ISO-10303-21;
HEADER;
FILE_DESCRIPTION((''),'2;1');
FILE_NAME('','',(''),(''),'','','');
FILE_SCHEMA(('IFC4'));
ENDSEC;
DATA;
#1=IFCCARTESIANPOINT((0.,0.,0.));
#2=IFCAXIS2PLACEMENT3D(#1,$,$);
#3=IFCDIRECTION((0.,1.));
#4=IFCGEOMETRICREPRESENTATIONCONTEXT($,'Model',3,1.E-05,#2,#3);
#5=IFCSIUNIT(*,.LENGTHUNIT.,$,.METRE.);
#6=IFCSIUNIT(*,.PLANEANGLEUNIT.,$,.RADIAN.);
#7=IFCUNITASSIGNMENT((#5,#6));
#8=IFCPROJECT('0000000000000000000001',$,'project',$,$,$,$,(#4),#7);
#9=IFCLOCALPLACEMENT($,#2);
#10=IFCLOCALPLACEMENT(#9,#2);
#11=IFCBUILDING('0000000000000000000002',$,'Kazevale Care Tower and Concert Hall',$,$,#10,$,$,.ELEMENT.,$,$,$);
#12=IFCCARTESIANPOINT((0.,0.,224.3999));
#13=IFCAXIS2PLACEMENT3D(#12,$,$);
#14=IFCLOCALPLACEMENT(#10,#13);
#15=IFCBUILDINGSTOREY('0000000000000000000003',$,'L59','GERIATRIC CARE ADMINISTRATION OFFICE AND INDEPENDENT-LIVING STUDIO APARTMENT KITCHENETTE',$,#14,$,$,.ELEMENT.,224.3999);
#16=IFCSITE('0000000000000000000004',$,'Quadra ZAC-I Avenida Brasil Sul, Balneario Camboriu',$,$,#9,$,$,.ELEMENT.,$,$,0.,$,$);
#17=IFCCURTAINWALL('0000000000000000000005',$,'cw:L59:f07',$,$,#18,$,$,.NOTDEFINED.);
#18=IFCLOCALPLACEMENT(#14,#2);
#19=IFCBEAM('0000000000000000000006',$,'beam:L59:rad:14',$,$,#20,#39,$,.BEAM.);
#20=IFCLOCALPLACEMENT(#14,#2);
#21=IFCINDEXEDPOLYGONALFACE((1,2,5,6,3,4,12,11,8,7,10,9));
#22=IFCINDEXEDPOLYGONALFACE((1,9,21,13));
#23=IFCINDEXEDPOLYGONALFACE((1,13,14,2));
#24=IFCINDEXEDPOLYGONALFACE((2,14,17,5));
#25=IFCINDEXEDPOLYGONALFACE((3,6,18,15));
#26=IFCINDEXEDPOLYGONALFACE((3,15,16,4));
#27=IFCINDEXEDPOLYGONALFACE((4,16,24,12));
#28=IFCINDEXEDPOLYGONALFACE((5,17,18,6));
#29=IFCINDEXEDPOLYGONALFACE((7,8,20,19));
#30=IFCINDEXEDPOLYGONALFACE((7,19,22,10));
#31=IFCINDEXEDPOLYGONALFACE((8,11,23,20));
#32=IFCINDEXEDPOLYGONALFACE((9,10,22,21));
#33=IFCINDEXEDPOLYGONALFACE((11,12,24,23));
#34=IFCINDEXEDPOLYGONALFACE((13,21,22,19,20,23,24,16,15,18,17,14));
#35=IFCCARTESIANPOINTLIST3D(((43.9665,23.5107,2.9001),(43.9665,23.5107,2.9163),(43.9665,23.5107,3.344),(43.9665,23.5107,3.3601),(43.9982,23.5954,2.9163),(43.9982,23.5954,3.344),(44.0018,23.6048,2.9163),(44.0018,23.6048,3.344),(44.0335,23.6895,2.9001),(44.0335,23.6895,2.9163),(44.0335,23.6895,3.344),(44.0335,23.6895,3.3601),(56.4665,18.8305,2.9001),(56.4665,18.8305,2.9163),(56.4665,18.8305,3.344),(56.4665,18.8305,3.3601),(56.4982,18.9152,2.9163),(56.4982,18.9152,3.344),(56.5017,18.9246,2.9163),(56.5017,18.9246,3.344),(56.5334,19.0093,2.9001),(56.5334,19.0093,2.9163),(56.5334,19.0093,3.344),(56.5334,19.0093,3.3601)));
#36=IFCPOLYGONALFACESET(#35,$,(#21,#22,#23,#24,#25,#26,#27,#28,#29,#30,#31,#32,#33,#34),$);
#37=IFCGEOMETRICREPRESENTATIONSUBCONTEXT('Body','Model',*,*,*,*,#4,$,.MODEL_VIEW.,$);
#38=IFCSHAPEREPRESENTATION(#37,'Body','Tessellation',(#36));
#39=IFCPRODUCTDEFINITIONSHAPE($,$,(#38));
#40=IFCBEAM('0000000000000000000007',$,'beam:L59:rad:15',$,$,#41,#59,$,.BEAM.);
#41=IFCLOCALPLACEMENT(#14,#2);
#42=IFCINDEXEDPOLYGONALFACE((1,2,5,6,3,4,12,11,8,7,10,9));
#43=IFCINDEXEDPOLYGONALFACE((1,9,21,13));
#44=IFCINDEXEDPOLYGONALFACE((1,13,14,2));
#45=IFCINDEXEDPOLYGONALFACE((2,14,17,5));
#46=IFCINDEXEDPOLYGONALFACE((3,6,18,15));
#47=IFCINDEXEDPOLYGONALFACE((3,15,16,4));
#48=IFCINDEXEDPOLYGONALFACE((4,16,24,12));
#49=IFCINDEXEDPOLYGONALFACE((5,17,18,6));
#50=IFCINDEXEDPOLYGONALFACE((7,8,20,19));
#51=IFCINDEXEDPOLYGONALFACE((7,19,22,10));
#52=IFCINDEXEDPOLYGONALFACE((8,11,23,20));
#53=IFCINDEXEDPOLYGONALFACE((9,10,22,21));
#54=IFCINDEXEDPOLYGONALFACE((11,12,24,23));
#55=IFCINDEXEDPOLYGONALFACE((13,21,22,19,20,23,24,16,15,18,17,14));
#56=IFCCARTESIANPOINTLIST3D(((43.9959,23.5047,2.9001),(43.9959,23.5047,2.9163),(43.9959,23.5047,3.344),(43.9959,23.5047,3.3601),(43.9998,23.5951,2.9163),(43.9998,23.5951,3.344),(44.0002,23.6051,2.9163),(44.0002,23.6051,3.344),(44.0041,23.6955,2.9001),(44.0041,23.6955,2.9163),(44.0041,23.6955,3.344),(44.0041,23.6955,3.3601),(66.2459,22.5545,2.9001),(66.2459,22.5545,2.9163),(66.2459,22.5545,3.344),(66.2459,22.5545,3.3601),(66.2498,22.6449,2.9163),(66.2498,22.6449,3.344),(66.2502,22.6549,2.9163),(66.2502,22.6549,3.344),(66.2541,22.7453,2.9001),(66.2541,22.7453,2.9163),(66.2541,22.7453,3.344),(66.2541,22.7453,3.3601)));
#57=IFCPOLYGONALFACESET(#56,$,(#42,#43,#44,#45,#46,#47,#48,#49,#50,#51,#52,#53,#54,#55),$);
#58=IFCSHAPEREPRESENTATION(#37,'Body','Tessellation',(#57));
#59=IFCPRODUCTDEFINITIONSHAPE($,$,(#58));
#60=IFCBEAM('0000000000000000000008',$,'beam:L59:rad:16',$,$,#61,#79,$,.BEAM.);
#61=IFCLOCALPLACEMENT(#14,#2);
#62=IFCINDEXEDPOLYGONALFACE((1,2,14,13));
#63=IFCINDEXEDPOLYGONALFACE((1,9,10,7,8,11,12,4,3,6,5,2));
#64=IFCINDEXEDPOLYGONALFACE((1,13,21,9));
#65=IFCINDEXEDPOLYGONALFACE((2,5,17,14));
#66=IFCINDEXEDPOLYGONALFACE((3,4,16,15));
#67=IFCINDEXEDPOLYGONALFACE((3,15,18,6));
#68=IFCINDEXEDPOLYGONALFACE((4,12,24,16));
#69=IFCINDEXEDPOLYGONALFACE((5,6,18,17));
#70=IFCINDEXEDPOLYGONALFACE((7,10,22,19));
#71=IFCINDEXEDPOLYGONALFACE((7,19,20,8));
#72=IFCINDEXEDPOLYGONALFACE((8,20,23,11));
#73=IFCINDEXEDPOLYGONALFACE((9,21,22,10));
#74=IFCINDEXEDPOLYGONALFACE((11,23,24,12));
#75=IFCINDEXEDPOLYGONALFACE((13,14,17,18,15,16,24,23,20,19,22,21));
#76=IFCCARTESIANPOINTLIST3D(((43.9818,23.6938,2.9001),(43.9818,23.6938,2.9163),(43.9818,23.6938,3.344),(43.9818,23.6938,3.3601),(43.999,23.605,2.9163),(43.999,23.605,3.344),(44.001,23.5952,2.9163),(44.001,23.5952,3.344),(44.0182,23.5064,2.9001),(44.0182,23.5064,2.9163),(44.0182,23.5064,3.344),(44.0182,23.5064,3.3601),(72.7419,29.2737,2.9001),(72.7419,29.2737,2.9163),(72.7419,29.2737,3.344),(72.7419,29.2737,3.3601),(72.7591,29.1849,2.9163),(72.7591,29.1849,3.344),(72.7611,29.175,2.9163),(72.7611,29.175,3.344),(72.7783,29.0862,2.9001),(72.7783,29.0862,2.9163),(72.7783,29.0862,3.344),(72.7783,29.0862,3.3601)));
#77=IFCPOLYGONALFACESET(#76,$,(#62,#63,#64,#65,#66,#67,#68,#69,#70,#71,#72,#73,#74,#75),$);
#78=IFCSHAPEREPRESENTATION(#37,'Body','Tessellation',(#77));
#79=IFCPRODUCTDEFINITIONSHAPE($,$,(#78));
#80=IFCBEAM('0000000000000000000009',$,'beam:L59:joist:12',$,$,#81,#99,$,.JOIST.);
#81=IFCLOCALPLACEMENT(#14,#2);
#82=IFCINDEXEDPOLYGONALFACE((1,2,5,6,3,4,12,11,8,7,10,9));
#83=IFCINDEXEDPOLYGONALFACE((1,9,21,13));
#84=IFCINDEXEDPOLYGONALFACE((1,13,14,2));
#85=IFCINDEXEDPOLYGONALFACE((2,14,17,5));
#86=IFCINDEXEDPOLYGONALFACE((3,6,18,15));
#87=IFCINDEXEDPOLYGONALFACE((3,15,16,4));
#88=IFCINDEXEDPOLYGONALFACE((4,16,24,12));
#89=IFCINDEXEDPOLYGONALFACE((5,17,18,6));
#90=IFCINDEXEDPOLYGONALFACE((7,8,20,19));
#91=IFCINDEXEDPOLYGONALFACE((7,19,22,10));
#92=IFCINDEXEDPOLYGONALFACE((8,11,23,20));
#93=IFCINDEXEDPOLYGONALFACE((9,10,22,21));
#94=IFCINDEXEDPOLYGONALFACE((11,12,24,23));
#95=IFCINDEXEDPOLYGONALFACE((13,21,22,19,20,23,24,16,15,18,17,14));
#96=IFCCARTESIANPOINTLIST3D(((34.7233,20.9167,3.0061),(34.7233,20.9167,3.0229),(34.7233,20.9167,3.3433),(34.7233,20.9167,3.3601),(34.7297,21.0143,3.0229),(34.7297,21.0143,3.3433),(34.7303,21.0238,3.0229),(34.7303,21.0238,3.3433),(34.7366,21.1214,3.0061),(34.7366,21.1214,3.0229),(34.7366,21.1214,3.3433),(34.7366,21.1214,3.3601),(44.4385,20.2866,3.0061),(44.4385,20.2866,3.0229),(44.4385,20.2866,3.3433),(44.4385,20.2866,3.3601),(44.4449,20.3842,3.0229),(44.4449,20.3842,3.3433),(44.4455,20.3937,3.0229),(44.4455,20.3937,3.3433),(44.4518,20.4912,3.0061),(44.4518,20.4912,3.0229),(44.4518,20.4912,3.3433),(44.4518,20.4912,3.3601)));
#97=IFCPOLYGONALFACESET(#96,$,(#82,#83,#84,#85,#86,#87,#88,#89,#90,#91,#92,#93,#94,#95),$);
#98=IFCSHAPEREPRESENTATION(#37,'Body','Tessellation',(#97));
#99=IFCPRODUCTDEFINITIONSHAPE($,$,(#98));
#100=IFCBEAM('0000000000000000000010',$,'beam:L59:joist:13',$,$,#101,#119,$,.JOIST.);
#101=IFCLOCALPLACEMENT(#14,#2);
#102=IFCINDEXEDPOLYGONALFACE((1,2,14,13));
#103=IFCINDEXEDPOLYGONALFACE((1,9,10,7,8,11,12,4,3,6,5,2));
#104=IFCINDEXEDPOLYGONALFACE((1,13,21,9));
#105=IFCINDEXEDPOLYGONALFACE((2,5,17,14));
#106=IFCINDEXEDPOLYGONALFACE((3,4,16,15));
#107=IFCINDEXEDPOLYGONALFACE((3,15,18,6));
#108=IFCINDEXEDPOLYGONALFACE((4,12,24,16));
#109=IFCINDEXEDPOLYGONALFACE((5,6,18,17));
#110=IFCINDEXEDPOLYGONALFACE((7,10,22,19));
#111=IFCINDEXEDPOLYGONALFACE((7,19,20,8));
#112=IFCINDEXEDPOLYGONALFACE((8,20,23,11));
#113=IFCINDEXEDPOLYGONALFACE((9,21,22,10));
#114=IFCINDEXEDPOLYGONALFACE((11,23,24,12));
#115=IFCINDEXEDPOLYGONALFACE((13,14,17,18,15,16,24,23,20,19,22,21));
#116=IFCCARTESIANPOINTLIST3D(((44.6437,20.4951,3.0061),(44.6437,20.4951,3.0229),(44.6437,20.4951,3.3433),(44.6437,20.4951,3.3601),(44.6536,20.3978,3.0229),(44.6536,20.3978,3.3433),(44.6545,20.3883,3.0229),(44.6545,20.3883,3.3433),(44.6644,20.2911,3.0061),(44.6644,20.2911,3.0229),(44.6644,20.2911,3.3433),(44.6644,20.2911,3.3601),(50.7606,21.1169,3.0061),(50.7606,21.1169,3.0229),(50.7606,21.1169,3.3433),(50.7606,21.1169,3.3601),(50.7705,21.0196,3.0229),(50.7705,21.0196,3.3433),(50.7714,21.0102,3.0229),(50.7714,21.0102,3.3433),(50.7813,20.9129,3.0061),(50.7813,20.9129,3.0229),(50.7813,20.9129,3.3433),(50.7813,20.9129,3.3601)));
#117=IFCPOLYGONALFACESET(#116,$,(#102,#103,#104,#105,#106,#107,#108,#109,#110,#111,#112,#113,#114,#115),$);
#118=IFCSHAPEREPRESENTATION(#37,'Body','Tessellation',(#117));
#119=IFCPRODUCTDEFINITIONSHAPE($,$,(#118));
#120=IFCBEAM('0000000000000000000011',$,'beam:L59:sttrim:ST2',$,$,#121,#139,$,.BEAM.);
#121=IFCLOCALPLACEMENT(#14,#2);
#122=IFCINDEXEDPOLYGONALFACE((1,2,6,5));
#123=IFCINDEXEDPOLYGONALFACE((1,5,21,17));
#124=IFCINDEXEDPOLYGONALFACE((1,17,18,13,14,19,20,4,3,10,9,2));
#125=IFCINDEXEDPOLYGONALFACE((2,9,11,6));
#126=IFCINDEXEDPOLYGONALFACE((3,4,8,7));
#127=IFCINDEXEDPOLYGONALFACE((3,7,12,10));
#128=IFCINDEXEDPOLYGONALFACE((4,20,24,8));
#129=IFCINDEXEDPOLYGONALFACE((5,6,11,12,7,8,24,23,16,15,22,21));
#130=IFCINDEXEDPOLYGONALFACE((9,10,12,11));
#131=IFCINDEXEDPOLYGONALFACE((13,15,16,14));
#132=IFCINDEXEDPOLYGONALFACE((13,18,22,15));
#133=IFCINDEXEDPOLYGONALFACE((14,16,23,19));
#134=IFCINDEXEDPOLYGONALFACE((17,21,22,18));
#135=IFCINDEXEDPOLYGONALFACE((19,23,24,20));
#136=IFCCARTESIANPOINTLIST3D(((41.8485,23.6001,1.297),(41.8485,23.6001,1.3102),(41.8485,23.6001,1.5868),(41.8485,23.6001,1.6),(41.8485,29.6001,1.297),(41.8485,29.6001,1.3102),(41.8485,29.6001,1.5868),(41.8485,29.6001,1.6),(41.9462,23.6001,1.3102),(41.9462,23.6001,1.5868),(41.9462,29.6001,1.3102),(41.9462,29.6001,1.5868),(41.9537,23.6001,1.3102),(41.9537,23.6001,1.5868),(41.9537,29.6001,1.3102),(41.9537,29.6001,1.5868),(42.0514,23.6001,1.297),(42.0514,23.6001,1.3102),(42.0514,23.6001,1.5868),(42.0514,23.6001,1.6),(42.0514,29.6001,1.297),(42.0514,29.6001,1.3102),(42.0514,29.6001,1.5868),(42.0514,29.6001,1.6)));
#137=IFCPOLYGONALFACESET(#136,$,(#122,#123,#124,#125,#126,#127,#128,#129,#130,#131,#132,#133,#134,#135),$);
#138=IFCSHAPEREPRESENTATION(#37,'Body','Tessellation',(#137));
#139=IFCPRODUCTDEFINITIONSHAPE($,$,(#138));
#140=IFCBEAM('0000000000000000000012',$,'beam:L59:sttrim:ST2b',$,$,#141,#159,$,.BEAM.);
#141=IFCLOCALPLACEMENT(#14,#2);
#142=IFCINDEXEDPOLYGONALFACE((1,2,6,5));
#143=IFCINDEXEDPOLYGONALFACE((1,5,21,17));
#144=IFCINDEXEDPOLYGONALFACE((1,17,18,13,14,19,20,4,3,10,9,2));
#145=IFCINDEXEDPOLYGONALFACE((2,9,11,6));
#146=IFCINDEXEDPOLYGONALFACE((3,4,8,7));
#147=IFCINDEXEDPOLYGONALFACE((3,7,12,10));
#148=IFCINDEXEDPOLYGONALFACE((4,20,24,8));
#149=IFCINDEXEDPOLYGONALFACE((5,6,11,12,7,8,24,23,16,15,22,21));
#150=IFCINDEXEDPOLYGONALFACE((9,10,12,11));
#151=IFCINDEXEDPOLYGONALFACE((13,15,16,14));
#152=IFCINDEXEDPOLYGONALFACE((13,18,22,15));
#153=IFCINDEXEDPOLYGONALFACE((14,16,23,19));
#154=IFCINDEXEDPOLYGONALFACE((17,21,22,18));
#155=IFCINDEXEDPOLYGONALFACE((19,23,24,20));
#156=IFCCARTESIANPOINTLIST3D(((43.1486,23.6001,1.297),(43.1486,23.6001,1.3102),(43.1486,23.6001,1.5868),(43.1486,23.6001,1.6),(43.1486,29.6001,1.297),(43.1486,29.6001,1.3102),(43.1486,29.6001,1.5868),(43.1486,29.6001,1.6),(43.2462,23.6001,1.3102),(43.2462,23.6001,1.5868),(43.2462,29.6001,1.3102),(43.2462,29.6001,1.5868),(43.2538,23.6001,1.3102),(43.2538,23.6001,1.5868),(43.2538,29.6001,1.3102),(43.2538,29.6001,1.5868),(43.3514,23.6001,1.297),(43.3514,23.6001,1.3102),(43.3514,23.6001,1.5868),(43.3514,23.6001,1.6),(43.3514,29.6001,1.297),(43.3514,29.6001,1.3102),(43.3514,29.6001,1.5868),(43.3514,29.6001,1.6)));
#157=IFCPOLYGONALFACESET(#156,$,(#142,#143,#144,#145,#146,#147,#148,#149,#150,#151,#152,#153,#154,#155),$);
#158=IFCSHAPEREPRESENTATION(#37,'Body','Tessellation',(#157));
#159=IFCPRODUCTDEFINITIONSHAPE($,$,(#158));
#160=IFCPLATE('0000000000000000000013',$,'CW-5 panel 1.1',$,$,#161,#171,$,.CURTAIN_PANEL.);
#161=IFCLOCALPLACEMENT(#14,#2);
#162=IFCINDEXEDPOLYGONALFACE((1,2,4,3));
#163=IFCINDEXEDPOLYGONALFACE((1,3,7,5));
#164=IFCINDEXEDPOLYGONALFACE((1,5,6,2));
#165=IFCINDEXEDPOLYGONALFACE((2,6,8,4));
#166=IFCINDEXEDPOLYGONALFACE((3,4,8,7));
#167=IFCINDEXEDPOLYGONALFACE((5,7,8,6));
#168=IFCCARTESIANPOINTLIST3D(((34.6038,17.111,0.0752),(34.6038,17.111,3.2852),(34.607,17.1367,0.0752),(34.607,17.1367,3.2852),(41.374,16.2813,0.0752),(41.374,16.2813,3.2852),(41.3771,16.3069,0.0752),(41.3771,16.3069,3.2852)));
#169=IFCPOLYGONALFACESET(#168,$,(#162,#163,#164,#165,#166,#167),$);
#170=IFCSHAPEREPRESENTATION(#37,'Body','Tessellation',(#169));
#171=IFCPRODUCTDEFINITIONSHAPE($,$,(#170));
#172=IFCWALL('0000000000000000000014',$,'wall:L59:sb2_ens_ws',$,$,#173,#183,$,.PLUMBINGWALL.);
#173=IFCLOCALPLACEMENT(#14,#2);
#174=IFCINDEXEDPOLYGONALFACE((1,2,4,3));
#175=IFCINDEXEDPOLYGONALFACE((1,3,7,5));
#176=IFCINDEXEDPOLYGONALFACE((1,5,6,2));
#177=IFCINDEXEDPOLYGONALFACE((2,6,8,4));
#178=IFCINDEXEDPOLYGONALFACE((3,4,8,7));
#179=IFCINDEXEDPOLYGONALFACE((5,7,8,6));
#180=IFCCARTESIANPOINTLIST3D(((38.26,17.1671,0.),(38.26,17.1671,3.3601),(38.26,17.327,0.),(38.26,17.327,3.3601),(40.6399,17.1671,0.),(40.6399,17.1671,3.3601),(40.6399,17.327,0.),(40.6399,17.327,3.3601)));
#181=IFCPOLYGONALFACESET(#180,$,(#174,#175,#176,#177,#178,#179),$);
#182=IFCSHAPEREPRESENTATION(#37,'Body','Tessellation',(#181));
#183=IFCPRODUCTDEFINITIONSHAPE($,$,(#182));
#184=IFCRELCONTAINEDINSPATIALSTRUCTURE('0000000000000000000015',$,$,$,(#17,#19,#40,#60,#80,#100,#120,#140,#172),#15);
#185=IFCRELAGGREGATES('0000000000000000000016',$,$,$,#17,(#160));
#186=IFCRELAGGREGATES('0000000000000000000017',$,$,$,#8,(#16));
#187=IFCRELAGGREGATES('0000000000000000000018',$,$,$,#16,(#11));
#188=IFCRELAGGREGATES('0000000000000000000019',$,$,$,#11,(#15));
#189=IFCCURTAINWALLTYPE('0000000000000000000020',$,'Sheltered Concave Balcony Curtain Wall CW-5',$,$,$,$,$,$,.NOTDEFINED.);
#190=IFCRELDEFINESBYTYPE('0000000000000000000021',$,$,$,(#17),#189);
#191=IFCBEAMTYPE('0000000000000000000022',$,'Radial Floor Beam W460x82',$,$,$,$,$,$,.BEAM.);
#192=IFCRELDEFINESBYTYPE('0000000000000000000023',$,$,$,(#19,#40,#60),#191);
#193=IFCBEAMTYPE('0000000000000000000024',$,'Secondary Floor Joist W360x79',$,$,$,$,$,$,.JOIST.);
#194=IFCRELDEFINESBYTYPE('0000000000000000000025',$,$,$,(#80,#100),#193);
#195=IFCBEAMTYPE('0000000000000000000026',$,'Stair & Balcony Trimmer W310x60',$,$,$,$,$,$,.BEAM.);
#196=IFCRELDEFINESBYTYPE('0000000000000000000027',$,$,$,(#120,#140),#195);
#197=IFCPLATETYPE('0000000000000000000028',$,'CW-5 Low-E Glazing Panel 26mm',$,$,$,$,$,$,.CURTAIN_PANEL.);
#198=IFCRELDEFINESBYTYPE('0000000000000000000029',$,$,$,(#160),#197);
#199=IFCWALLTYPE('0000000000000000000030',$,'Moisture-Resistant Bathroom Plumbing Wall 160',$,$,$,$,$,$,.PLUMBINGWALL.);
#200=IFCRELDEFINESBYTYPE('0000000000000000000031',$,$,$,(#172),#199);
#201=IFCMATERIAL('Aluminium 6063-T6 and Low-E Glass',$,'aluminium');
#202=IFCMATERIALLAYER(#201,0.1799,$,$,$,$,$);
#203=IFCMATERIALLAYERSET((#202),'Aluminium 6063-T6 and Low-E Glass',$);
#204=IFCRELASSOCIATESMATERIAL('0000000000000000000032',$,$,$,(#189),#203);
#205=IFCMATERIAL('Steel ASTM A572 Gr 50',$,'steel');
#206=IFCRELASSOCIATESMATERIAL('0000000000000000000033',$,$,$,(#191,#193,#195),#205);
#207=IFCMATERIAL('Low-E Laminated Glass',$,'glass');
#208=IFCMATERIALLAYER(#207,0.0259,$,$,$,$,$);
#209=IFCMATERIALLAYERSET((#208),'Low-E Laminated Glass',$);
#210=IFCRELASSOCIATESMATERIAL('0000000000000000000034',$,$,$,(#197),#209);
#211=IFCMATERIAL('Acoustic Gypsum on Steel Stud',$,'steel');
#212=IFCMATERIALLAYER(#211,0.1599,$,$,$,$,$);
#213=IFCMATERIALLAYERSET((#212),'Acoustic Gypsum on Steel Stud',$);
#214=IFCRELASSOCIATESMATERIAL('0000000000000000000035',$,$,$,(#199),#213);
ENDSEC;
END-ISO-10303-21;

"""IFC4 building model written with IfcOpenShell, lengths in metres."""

from ifc_helpers import new_model, si_unit, direction, frame, frame_2d, origin, origin_2d, place, context, subcontext, project, spatial, rectangle, i_section, extrude, material, layer, layer_set, material_profile, profile_set, type_object, element, aggregate, save


model = new_model("IFC4")

# Units and contexts
model_context = context("Model", 3, precision=1e-05, world=origin(), true_north=direction((0.0, 1.0)))
body_context = subcontext(model_context, "Body", "Model", "MODEL_VIEW")
ifc_project = project(units=[si_unit("LENGTHUNIT", "METRE"), si_unit("PLANEANGLEUNIT", "RADIAN")], contexts=[model_context])

# Site, building, storey
site_placement = place(None, origin())
site = spatial("IfcSite", under=ifc_project, at=site_placement, Name="Quadra ZAC-I Avenida Brasil Sul, Balneario Camboriu", CompositionType="ELEMENT", RefElevation=0.0)
building_placement = place(site_placement, origin())
building = spatial("IfcBuilding", under=site, at=building_placement, Name="Kazevale Care Tower and Concert Hall", CompositionType="ELEMENT")
storey_placement = place(building_placement, frame((0.0, 0.0, 224.3999)))
storey = spatial("IfcBuildingStorey", under=building, at=storey_placement, Name="L59", Description="GERIATRIC CARE ADMINISTRATION OFFICE AND INDEPENDENT-LIVING STUDIO APARTMENT KITCHENETTE", CompositionType="ELEMENT", Elevation=224.3999)

# Shared definitions
ifc_material_1 = material(Name="Aluminium 6063-T6 and Low-E Glass", Category="aluminium")
ifc_layer_1 = layer(ifc_material_1, 0.1799)
ifc_layer_set_1 = layer_set([ifc_layer_1], Name="Aluminium 6063-T6 and Low-E Glass")
curtain_wall_type = type_object("IfcCurtainWallType", Name="Sheltered Concave Balcony Curtain Wall CW-5", PredefinedType="NOTDEFINED", material=ifc_layer_set_1)

# Curtain wall
curtain_wall_1_placement = place(storey_placement, origin())
curtain_wall_1 = element("IfcCurtainWall", 1, at=curtain_wall_1_placement, inside=storey, type_object=curtain_wall_type, Name="cw:L59:f07", PredefinedType="NOTDEFINED")

# Beams
ifc_material_2 = material(Name="Steel ASTM A572 Gr 50", Category="steel")
ifc_material_profile_1 = material_profile(ifc_material_2, i_section(OverallWidth=0.1909, OverallDepth=0.46, WebThickness=0.01, FlangeThickness=0.0161, at=origin_2d()), Name="W460x82")
ifc_profile_set_1 = profile_set([ifc_material_profile_1], Name="Steel ASTM A572 Gr 50")
beam_type_1 = type_object("IfcBeamType", Name="Radial Floor Beam W460x82", PredefinedType="BEAM", material=ifc_profile_set_1)
beam_1_placement = place(storey_placement, frame((44.0, 23.6001, 3.1301), z_axis=(0.936509, -0.350642, 0.0), x_axis=(0.350642, 0.936509, 0.0)))
element("IfcBeam", 2, at=beam_1_placement, inside=storey, type_object=beam_type_1, Name="beam:L59:rad:14", PredefinedType="BEAM", context=body_context, shape_type="SweptSolid", body=[
    extrude(i_section(OverallWidth=0.1909, OverallDepth=0.46, WebThickness=0.01, FlangeThickness=0.0161, at=origin_2d()), origin(), (0.0, 0.0, 1.0), 13.3474),
])
beam_2_placement = place(storey_placement, frame((44.0, 23.6001, 3.1301), z_axis=(0.999089, -0.042667, 0.0), x_axis=(0.042667, 0.999089, 0.0)))
element("IfcBeam", 3, at=beam_2_placement, inside=storey, type_object=beam_type_1, Name="beam:L59:rad:15", PredefinedType="BEAM", context=body_context, shape_type="SweptSolid", body=[
    extrude(i_section(OverallWidth=0.1909, OverallDepth=0.46, WebThickness=0.01, FlangeThickness=0.0161, at=origin_2d()), origin(), (0.0, 0.0, 1.0), 22.2703),
])
beam_3_placement = place(storey_placement, frame((44.0, 23.6001, 3.1301), z_axis=(0.981695, 0.190462, 0.0), x_axis=(-0.190462, 0.981695, 0.0)))
element("IfcBeam", 4, at=beam_3_placement, inside=storey, type_object=beam_type_1, Name="beam:L59:rad:16", PredefinedType="BEAM", context=body_context, shape_type="SweptSolid", body=[
    extrude(i_section(OverallWidth=0.1909, OverallDepth=0.46, WebThickness=0.01, FlangeThickness=0.0161, at=origin_2d()), origin(), (0.0, 0.0, 1.0), 29.2964),
])
ifc_material_profile_2 = material_profile(ifc_material_2, i_section(OverallWidth=0.2051, OverallDepth=0.354, WebThickness=0.0095, FlangeThickness=0.0168, at=origin_2d()), Name="W360x79")
ifc_profile_set_2 = profile_set([ifc_material_profile_2], Name="Steel ASTM A572 Gr 50")
beam_type_2 = type_object("IfcBeamType", Name="Secondary Floor Joist W360x79", PredefinedType="JOIST", material=ifc_profile_set_2)
beam_4_placement = place(storey_placement, frame((34.73, 21.019, 3.1831), z_axis=(0.997903, -0.064725, 0.0), x_axis=(0.064725, 0.997903, 0.0)))
element("IfcBeam", 5, at=beam_4_placement, inside=storey, type_object=beam_type_2, Name="beam:L59:joist:12", PredefinedType="JOIST", context=body_context, shape_type="SweptSolid", body=[
    extrude(i_section(OverallWidth=0.2051, OverallDepth=0.354, WebThickness=0.0095, FlangeThickness=0.0168, at=origin_2d()), origin(), (0.0, 0.0, 1.0), 9.7356),
])
beam_5_placement = place(storey_placement, frame((44.6541, 20.3931, 3.1831), z_axis=(0.994873, 0.101135, 0.0), x_axis=(-0.101135, 0.994873, 0.0)))
element("IfcBeam", 6, at=beam_5_placement, inside=storey, type_object=beam_type_2, Name="beam:L59:joist:13", PredefinedType="JOIST", context=body_context, shape_type="SweptSolid", body=[
    extrude(i_section(OverallWidth=0.2051, OverallDepth=0.354, WebThickness=0.0095, FlangeThickness=0.0168, at=origin_2d()), origin(), (0.0, 0.0, 1.0), 6.1484),
])
ifc_material_profile_3 = material_profile(ifc_material_2, i_section(OverallWidth=0.2029, OverallDepth=0.303, WebThickness=0.0076, FlangeThickness=0.0132, at=origin_2d()), Name="W310x60")
ifc_profile_set_3 = profile_set([ifc_material_profile_3], Name="Steel ASTM A572 Gr 50")
beam_type_3 = type_object("IfcBeamType", Name="Stair & Balcony Trimmer W310x60", PredefinedType="BEAM", material=ifc_profile_set_3)
for number, where, z_axis, x_axis, name in (
    (7, (41.95, 23.6001, 1.4485), (0.0, 1.0, 0.0), (-1.0, 0.0, 0.0), "beam:L59:sttrim:ST2"),
    (8, (43.25, 23.6001, 1.4485), (0.0, 1.0, 0.0), (-1.0, 0.0, 0.0), "beam:L59:sttrim:ST2b"),
):
    element("IfcBeam", number, at=place(storey_placement, frame(where, z_axis=z_axis, x_axis=x_axis)), inside=storey, type_object=beam_type_3, Name=name, PredefinedType="BEAM", context=body_context, shape_type="SweptSolid", body=[
        extrude(i_section(OverallWidth=0.2029, OverallDepth=0.303, WebThickness=0.0076, FlangeThickness=0.0132, at=origin_2d()), origin(), (0.0, 0.0, 1.0), 6.0),
    ])

# Plate
ifc_material_3 = material(Name="Low-E Laminated Glass", Category="glass")
ifc_layer_2 = layer(ifc_material_3, 0.0259)
ifc_layer_set_2 = layer_set([ifc_layer_2], Name="Low-E Laminated Glass")
plate_type = type_object("IfcPlateType", Name="CW-5 Low-E Glazing Panel 26mm", PredefinedType="CURTAIN_PANEL", material=ifc_layer_set_2)
plate_placement = place(storey_placement, frame((37.9905, 16.709, 0.0752), z_axis=(0.0, 0.0, 1.0), x_axis=(-0.992573, 0.121651, 0.0)))
plate = element("IfcPlate", 9, at=plate_placement, type_object=plate_type, Name="CW-5 panel 1.1", PredefinedType="CURTAIN_PANEL", context=body_context, shape_type="SweptSolid", body=[
    extrude(rectangle(XDim=6.8208, YDim=0.0259, at=origin_2d()), origin(), (0.0, 0.0, 1.0), 3.21),
])
aggregate(curtain_wall_1, [plate])

# Wall
ifc_material_4 = material(Name="Acoustic Gypsum on Steel Stud", Category="steel")
ifc_layer_3 = layer(ifc_material_4, 0.1599)
ifc_layer_set_3 = layer_set([ifc_layer_3], Name="Acoustic Gypsum on Steel Stud")
wall_type_1 = type_object("IfcWallType", Name="Moisture-Resistant Bathroom Plumbing Wall 160", PredefinedType="PLUMBINGWALL", material=ifc_layer_set_3)
for number, where, z_axis, x_axis, name in (
    (10, (38.26, 17.2471, 0.0), (0.0, 0.0, 1.0), (1.0, 0.0, 0.0), "wall:L59:sb2_ens_ws"),
):
    element("IfcWall", number, at=place(storey_placement, frame(where, z_axis=z_axis, x_axis=x_axis)), inside=storey, type_object=wall_type_1, Name=name, PredefinedType="PLUMBINGWALL", context=body_context, shape_type="SweptSolid", body=[
        extrude(rectangle(XDim=2.3799, YDim=0.1599, at=frame_2d((1.1899, 0.0))), origin(), (0.0, 0.0, 1.0), 3.3601),
    ])

save(model, "model.ifc")
